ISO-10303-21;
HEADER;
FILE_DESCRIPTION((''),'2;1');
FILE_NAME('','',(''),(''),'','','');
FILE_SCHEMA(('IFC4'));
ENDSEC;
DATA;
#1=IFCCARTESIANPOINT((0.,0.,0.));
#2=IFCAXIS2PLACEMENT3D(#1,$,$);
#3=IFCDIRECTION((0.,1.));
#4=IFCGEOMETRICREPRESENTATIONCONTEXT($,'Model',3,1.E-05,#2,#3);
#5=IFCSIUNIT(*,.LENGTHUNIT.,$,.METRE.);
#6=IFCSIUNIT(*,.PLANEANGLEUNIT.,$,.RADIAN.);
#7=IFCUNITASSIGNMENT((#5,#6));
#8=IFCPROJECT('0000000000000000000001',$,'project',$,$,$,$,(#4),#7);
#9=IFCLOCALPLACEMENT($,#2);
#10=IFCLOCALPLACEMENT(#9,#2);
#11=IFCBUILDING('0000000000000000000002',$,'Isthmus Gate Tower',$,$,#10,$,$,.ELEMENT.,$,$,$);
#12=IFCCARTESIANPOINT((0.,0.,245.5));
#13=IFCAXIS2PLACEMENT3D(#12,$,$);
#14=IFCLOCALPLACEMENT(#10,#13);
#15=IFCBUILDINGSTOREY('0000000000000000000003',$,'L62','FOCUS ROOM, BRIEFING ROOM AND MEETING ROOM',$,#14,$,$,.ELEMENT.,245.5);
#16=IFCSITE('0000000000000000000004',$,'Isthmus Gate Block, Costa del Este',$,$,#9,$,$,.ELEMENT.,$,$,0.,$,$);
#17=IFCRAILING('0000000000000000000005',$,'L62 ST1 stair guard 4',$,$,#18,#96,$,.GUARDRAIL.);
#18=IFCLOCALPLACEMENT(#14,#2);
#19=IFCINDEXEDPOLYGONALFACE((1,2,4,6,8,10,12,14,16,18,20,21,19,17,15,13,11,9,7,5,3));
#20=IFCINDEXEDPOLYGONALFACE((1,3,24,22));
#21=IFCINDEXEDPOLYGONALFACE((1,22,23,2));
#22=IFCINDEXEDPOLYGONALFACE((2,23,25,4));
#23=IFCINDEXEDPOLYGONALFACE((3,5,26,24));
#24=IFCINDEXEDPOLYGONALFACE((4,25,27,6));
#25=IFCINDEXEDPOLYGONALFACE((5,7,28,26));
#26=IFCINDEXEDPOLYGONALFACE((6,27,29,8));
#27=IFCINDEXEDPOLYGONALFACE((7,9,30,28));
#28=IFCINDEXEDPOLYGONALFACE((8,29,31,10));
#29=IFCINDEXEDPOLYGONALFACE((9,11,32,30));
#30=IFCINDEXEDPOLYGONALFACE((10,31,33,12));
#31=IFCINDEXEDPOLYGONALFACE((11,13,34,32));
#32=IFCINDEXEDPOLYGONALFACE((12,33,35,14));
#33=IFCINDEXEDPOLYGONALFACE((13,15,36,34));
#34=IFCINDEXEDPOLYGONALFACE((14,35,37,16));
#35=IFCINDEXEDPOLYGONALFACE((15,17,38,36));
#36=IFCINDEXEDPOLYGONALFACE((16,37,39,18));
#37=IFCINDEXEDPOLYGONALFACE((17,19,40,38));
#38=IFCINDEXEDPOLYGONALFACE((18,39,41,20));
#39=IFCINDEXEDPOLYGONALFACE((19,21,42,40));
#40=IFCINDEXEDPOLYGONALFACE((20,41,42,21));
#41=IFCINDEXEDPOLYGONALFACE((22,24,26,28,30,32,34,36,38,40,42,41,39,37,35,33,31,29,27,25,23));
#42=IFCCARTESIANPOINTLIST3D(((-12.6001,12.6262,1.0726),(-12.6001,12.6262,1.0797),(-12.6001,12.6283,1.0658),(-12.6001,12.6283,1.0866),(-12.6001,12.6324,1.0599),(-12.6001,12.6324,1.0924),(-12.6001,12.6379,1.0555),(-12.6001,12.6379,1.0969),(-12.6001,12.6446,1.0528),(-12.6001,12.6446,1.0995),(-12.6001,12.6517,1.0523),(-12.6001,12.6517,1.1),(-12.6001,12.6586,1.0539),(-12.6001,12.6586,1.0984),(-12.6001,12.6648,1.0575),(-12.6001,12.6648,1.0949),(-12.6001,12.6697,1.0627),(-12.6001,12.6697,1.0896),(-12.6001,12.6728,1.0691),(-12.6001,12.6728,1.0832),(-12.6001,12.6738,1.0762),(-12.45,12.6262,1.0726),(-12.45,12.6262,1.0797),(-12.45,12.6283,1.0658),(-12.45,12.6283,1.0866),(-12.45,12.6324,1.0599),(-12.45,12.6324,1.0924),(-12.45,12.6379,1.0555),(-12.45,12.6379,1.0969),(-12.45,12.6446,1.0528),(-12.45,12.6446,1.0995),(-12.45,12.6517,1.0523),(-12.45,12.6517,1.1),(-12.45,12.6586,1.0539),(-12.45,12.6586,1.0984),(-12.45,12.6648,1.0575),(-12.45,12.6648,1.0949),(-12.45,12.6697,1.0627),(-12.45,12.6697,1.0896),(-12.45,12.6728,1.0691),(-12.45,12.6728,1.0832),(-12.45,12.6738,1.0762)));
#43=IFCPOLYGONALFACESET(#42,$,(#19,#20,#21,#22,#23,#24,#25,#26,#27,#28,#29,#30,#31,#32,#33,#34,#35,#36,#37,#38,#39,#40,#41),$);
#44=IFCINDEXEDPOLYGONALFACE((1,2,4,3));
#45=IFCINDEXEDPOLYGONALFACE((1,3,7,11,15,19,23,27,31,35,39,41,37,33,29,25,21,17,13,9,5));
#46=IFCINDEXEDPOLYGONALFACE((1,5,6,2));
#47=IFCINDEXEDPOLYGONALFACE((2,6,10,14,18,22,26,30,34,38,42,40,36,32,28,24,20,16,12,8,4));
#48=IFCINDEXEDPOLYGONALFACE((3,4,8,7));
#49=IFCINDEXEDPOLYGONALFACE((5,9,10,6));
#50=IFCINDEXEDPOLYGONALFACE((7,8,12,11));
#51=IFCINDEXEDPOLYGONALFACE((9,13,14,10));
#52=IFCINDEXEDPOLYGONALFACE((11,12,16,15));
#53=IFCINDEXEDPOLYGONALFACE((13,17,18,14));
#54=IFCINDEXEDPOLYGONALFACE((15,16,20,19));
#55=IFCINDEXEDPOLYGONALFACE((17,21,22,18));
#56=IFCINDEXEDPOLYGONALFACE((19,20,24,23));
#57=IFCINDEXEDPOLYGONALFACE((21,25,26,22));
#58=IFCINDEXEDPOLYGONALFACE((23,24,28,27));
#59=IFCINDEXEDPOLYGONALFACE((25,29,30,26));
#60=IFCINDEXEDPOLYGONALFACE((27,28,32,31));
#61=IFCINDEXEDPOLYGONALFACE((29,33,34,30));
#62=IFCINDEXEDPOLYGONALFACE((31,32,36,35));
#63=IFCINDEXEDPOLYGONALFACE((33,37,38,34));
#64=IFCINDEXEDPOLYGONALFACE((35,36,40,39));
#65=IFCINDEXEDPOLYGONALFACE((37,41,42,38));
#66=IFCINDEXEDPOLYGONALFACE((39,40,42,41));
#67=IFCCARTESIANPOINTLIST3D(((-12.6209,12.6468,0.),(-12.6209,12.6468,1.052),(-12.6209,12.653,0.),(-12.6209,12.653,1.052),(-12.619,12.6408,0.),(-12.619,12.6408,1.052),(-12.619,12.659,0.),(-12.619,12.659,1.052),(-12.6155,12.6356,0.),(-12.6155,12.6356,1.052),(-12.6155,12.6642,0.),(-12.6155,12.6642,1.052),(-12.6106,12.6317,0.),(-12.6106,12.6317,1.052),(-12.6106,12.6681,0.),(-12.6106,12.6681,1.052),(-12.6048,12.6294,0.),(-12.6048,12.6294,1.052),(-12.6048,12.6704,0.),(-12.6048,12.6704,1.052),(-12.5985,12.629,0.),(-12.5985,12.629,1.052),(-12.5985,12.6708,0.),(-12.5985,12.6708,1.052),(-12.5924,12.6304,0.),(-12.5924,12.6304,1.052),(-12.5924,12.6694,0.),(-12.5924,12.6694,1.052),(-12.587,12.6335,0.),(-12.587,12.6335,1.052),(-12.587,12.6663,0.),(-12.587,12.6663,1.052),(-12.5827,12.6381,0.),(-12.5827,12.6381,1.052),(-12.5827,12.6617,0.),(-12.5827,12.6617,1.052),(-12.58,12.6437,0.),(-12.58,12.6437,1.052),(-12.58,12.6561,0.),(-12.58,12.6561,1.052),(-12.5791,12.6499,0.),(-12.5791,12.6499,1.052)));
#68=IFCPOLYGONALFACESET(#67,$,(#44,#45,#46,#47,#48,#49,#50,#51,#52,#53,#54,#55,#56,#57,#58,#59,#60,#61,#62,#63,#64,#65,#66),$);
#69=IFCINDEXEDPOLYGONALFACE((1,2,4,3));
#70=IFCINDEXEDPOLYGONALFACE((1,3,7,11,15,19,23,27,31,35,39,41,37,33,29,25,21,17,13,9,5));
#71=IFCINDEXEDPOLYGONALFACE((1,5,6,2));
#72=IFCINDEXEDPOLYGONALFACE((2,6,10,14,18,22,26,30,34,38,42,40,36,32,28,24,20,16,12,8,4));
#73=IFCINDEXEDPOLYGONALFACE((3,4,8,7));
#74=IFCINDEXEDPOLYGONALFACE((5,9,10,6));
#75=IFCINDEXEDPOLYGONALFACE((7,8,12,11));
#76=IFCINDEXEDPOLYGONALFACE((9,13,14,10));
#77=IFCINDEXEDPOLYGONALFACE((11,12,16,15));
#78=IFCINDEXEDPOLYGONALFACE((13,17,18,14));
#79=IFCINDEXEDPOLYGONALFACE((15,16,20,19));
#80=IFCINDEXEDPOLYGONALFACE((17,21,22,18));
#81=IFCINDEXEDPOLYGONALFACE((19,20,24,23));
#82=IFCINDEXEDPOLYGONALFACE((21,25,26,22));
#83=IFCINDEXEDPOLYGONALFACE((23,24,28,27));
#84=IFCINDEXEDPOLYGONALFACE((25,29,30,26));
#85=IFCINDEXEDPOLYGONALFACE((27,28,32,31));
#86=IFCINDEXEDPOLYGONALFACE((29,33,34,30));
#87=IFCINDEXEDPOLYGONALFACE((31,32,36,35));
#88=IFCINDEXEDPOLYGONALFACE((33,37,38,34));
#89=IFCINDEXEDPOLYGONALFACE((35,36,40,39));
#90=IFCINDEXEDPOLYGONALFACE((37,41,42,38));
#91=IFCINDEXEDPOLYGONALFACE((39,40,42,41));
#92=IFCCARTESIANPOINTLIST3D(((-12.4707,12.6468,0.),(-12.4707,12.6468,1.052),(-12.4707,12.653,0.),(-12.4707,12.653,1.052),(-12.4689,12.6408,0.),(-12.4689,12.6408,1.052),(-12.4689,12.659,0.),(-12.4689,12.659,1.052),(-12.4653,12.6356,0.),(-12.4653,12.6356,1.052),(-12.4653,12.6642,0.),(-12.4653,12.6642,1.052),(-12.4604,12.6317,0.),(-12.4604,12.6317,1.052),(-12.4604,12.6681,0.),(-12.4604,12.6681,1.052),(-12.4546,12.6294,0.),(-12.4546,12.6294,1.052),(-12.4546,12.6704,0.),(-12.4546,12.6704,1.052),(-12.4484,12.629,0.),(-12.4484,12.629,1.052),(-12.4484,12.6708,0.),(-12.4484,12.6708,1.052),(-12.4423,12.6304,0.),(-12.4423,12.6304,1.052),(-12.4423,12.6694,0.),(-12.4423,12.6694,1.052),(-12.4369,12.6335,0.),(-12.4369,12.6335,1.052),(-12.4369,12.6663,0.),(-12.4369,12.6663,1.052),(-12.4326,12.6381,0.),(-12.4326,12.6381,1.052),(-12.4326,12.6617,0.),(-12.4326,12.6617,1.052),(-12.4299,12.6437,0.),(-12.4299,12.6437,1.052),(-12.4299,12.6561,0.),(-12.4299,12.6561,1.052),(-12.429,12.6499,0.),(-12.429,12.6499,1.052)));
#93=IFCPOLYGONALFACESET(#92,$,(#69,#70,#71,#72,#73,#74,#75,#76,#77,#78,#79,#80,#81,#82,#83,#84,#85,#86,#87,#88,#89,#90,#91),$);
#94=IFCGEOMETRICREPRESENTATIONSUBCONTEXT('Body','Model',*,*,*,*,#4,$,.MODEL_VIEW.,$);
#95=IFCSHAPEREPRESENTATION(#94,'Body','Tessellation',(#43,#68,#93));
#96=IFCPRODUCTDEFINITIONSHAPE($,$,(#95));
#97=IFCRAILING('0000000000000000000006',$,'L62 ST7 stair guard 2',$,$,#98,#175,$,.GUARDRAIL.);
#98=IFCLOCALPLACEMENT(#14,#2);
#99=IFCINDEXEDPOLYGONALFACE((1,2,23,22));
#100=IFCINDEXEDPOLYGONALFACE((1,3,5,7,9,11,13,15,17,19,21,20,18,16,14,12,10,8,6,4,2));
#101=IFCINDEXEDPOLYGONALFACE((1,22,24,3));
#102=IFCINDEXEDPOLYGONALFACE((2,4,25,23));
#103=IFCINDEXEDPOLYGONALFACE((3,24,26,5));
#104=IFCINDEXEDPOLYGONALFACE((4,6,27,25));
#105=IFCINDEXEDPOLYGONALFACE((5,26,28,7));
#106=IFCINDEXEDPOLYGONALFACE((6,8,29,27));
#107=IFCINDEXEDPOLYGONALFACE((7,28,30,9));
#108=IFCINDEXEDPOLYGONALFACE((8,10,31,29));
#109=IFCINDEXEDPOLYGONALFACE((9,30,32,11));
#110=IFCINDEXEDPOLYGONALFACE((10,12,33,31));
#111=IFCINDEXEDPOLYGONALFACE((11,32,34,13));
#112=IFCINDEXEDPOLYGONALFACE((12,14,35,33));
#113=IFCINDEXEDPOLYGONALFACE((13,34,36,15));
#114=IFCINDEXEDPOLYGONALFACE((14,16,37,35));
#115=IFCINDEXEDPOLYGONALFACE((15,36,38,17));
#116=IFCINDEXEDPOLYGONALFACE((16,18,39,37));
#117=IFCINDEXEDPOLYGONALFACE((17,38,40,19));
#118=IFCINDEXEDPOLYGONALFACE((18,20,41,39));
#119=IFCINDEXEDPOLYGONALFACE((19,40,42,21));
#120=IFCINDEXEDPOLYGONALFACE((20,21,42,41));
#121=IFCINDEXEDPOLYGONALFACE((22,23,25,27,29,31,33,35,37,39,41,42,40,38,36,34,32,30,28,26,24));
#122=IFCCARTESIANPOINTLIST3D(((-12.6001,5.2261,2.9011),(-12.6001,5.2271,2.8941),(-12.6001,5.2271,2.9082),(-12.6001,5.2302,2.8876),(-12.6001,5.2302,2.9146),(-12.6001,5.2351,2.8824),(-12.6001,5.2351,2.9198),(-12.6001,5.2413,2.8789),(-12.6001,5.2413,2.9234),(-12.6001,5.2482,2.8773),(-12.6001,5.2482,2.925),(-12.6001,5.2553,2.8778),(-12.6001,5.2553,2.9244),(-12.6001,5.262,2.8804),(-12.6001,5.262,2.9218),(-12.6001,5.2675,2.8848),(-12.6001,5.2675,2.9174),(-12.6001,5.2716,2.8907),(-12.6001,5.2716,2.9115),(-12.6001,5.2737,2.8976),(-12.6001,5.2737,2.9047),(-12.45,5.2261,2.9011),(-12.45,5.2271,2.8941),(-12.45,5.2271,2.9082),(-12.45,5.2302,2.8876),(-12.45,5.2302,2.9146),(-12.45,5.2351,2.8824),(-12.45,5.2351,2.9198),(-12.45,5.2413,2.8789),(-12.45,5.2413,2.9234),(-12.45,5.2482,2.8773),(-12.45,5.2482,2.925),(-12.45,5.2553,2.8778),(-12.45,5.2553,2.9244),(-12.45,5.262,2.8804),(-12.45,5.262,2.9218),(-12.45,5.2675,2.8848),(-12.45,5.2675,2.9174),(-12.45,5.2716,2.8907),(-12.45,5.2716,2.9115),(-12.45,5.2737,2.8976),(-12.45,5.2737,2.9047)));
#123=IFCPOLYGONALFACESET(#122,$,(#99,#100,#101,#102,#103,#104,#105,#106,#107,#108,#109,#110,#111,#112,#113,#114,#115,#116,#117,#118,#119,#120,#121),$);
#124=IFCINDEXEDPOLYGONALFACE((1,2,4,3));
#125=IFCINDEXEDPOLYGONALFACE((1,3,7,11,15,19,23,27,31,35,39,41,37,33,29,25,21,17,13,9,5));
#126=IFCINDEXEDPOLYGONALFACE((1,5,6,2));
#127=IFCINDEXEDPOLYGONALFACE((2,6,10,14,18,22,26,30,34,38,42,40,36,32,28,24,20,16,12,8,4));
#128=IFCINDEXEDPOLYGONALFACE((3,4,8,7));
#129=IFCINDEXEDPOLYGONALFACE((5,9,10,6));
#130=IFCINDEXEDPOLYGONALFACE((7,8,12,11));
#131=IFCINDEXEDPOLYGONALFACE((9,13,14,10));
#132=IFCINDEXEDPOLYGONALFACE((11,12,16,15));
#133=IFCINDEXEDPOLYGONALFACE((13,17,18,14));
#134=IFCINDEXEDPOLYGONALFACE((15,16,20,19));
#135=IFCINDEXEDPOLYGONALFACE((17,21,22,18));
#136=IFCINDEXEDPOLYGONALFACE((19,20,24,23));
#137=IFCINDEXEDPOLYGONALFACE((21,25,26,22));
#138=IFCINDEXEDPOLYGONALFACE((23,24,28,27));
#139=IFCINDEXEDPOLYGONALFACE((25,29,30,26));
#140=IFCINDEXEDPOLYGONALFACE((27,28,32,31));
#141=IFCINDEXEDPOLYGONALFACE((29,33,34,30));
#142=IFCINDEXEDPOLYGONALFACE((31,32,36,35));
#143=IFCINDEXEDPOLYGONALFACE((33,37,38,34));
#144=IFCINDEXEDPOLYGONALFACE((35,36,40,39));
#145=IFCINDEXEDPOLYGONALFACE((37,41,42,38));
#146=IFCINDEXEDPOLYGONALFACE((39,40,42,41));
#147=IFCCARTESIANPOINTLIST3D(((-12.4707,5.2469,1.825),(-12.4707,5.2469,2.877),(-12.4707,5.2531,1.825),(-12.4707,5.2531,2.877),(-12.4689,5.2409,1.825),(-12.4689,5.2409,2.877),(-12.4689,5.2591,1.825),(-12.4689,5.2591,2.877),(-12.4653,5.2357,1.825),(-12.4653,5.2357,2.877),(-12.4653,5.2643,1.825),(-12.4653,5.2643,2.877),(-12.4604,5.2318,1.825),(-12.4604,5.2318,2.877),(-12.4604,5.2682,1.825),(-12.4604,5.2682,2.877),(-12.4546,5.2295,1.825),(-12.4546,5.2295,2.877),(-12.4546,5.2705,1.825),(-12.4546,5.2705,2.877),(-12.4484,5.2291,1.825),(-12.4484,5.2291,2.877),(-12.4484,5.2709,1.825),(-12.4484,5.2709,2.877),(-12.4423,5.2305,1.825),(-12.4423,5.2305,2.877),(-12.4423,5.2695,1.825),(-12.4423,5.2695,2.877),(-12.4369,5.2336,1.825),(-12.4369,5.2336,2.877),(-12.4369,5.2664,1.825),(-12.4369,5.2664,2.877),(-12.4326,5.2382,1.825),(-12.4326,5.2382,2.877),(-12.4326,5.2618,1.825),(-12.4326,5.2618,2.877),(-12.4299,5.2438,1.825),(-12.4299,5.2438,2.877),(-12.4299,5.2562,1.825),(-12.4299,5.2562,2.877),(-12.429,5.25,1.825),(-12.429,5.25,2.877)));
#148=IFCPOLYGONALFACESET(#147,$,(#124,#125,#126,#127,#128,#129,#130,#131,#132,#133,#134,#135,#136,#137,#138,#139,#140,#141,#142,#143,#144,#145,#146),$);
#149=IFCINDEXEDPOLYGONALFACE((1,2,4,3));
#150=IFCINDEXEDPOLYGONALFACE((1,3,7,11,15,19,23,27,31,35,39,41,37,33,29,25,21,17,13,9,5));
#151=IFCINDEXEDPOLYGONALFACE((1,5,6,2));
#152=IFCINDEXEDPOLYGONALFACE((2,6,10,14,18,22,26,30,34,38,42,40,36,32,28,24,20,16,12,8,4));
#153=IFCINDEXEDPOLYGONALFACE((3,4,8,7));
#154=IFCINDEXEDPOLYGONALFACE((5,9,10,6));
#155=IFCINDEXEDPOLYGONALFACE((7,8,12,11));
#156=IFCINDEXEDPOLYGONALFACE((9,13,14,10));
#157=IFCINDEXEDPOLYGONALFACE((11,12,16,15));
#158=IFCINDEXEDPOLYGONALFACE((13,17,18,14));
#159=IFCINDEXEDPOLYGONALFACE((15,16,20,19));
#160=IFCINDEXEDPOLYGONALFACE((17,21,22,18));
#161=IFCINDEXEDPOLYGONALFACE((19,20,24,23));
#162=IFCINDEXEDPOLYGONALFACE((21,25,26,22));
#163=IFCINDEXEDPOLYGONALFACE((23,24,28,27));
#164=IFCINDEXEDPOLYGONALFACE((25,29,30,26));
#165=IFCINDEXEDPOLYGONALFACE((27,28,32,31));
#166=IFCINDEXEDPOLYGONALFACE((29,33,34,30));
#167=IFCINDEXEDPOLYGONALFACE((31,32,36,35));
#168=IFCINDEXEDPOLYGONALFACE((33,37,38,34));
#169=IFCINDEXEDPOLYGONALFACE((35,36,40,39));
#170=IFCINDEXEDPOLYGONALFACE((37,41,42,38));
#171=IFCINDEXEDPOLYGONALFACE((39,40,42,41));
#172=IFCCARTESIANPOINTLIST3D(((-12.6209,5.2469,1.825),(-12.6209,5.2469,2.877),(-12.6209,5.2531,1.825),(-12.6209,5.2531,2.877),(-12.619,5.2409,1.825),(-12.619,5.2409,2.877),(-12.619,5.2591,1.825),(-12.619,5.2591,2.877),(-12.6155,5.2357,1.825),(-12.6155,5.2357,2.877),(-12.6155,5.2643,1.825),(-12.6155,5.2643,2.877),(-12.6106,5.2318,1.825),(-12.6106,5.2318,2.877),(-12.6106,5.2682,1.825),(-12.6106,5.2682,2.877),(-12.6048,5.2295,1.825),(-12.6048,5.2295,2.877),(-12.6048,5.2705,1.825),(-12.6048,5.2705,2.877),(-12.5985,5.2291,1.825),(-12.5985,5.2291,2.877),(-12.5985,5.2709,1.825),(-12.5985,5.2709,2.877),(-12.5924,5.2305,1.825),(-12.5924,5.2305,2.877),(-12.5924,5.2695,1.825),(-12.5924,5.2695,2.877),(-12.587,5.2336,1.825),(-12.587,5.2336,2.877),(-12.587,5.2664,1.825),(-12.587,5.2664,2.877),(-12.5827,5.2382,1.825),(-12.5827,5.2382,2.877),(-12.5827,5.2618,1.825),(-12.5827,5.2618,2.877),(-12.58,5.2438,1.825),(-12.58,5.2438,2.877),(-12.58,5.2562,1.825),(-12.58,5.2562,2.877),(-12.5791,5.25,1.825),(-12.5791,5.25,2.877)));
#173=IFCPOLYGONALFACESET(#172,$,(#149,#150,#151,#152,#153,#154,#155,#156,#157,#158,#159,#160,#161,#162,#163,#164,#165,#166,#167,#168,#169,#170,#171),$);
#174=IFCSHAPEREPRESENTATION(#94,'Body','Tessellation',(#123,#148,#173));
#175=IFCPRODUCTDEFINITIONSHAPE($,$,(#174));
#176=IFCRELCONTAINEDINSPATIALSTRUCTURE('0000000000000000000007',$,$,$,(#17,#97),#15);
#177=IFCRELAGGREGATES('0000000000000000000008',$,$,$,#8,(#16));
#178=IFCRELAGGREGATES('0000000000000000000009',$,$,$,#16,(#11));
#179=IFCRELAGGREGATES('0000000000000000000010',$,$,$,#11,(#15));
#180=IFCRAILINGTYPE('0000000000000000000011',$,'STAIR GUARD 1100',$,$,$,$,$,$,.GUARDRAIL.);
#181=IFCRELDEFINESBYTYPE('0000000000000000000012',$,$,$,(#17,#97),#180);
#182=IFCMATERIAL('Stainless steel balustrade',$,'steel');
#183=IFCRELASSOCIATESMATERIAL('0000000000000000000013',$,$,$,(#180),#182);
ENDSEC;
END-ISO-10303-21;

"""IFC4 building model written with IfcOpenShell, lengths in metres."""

from ifc_helpers import new_model, si_unit, direction, frame, origin, origin_2d, place, context, subcontext, project, spatial, circle, extrude, material, type_object, element, save


model = new_model("IFC4")

# Units and contexts
model_context = context("Model", 3, precision=1e-05, world=origin(), true_north=direction((0.0, 1.0)))
body_context = subcontext(model_context, "Body", "Model", "MODEL_VIEW")
ifc_project = project(units=[si_unit("LENGTHUNIT", "METRE"), si_unit("PLANEANGLEUNIT", "RADIAN")], contexts=[model_context])

# Site, building, storey
site_placement = place(None, origin())
site = spatial("IfcSite", under=ifc_project, at=site_placement, Name="Isthmus Gate Block, Costa del Este", CompositionType="ELEMENT", RefElevation=0.0)
building_placement = place(site_placement, origin())
building = spatial("IfcBuilding", under=site, at=building_placement, Name="Isthmus Gate Tower", CompositionType="ELEMENT")
storey_placement = place(building_placement, frame((0.0, 0.0, 245.5)))
storey = spatial("IfcBuildingStorey", under=building, at=storey_placement, Name="L62", Description="FOCUS ROOM, BRIEFING ROOM AND MEETING ROOM", CompositionType="ELEMENT", Elevation=245.5)

# Railings
ifc_material_1 = material(Name="Stainless steel balustrade", Category="steel")
railing_type_1 = type_object("IfcRailingType", Name="STAIR GUARD 1100", PredefinedType="GUARDRAIL", material=ifc_material_1)
railing_1_placement = place(storey_placement, frame((-12.6001, 12.6499, 0.0)))
element("IfcRailing", 1, at=railing_1_placement, inside=storey, type_object=railing_type_1, Name="L62 ST1 stair guard 4", PredefinedType="GUARDRAIL", context=body_context, shape_type="SweptSolid", body=[
    extrude(circle(Radius=0.0239, at=origin_2d()), frame((0.0, 0.0, 1.0762), z_axis=(1.0, 0.0, 0.0), x_axis=(0.0, 1.0, 0.0)), (0.0, 0.0, 1.0), 0.1501),
    extrude(circle(Radius=0.021, at=origin_2d()), origin(), (0.0, 0.0, 1.0), 1.052),
    extrude(circle(Radius=0.021, at=origin_2d()), frame((0.1501, 0.0, 0.0)), (0.0, 0.0, 1.0), 1.052),
])
railing_2_placement = place(storey_placement, frame((-12.45, 5.25, 1.825)))
element("IfcRailing", 2, at=railing_2_placement, inside=storey, type_object=railing_type_1, Name="L62 ST7 stair guard 2", PredefinedType="GUARDRAIL", context=body_context, shape_type="SweptSolid", body=[
    extrude(circle(Radius=0.0239, at=origin_2d()), frame((0.0, 0.0, 1.0762), z_axis=(-1.0, 0.0, 0.0), x_axis=(0.0, -1.0, 0.0)), (0.0, 0.0, 1.0), 0.1501),
    extrude(circle(Radius=0.021, at=origin_2d()), origin(), (0.0, 0.0, 1.0), 1.052),
    extrude(circle(Radius=0.021, at=origin_2d()), frame((-0.1501, 0.0, 0.0)), (0.0, 0.0, 1.0), 1.052),
])

save(model, "model.ifc")
